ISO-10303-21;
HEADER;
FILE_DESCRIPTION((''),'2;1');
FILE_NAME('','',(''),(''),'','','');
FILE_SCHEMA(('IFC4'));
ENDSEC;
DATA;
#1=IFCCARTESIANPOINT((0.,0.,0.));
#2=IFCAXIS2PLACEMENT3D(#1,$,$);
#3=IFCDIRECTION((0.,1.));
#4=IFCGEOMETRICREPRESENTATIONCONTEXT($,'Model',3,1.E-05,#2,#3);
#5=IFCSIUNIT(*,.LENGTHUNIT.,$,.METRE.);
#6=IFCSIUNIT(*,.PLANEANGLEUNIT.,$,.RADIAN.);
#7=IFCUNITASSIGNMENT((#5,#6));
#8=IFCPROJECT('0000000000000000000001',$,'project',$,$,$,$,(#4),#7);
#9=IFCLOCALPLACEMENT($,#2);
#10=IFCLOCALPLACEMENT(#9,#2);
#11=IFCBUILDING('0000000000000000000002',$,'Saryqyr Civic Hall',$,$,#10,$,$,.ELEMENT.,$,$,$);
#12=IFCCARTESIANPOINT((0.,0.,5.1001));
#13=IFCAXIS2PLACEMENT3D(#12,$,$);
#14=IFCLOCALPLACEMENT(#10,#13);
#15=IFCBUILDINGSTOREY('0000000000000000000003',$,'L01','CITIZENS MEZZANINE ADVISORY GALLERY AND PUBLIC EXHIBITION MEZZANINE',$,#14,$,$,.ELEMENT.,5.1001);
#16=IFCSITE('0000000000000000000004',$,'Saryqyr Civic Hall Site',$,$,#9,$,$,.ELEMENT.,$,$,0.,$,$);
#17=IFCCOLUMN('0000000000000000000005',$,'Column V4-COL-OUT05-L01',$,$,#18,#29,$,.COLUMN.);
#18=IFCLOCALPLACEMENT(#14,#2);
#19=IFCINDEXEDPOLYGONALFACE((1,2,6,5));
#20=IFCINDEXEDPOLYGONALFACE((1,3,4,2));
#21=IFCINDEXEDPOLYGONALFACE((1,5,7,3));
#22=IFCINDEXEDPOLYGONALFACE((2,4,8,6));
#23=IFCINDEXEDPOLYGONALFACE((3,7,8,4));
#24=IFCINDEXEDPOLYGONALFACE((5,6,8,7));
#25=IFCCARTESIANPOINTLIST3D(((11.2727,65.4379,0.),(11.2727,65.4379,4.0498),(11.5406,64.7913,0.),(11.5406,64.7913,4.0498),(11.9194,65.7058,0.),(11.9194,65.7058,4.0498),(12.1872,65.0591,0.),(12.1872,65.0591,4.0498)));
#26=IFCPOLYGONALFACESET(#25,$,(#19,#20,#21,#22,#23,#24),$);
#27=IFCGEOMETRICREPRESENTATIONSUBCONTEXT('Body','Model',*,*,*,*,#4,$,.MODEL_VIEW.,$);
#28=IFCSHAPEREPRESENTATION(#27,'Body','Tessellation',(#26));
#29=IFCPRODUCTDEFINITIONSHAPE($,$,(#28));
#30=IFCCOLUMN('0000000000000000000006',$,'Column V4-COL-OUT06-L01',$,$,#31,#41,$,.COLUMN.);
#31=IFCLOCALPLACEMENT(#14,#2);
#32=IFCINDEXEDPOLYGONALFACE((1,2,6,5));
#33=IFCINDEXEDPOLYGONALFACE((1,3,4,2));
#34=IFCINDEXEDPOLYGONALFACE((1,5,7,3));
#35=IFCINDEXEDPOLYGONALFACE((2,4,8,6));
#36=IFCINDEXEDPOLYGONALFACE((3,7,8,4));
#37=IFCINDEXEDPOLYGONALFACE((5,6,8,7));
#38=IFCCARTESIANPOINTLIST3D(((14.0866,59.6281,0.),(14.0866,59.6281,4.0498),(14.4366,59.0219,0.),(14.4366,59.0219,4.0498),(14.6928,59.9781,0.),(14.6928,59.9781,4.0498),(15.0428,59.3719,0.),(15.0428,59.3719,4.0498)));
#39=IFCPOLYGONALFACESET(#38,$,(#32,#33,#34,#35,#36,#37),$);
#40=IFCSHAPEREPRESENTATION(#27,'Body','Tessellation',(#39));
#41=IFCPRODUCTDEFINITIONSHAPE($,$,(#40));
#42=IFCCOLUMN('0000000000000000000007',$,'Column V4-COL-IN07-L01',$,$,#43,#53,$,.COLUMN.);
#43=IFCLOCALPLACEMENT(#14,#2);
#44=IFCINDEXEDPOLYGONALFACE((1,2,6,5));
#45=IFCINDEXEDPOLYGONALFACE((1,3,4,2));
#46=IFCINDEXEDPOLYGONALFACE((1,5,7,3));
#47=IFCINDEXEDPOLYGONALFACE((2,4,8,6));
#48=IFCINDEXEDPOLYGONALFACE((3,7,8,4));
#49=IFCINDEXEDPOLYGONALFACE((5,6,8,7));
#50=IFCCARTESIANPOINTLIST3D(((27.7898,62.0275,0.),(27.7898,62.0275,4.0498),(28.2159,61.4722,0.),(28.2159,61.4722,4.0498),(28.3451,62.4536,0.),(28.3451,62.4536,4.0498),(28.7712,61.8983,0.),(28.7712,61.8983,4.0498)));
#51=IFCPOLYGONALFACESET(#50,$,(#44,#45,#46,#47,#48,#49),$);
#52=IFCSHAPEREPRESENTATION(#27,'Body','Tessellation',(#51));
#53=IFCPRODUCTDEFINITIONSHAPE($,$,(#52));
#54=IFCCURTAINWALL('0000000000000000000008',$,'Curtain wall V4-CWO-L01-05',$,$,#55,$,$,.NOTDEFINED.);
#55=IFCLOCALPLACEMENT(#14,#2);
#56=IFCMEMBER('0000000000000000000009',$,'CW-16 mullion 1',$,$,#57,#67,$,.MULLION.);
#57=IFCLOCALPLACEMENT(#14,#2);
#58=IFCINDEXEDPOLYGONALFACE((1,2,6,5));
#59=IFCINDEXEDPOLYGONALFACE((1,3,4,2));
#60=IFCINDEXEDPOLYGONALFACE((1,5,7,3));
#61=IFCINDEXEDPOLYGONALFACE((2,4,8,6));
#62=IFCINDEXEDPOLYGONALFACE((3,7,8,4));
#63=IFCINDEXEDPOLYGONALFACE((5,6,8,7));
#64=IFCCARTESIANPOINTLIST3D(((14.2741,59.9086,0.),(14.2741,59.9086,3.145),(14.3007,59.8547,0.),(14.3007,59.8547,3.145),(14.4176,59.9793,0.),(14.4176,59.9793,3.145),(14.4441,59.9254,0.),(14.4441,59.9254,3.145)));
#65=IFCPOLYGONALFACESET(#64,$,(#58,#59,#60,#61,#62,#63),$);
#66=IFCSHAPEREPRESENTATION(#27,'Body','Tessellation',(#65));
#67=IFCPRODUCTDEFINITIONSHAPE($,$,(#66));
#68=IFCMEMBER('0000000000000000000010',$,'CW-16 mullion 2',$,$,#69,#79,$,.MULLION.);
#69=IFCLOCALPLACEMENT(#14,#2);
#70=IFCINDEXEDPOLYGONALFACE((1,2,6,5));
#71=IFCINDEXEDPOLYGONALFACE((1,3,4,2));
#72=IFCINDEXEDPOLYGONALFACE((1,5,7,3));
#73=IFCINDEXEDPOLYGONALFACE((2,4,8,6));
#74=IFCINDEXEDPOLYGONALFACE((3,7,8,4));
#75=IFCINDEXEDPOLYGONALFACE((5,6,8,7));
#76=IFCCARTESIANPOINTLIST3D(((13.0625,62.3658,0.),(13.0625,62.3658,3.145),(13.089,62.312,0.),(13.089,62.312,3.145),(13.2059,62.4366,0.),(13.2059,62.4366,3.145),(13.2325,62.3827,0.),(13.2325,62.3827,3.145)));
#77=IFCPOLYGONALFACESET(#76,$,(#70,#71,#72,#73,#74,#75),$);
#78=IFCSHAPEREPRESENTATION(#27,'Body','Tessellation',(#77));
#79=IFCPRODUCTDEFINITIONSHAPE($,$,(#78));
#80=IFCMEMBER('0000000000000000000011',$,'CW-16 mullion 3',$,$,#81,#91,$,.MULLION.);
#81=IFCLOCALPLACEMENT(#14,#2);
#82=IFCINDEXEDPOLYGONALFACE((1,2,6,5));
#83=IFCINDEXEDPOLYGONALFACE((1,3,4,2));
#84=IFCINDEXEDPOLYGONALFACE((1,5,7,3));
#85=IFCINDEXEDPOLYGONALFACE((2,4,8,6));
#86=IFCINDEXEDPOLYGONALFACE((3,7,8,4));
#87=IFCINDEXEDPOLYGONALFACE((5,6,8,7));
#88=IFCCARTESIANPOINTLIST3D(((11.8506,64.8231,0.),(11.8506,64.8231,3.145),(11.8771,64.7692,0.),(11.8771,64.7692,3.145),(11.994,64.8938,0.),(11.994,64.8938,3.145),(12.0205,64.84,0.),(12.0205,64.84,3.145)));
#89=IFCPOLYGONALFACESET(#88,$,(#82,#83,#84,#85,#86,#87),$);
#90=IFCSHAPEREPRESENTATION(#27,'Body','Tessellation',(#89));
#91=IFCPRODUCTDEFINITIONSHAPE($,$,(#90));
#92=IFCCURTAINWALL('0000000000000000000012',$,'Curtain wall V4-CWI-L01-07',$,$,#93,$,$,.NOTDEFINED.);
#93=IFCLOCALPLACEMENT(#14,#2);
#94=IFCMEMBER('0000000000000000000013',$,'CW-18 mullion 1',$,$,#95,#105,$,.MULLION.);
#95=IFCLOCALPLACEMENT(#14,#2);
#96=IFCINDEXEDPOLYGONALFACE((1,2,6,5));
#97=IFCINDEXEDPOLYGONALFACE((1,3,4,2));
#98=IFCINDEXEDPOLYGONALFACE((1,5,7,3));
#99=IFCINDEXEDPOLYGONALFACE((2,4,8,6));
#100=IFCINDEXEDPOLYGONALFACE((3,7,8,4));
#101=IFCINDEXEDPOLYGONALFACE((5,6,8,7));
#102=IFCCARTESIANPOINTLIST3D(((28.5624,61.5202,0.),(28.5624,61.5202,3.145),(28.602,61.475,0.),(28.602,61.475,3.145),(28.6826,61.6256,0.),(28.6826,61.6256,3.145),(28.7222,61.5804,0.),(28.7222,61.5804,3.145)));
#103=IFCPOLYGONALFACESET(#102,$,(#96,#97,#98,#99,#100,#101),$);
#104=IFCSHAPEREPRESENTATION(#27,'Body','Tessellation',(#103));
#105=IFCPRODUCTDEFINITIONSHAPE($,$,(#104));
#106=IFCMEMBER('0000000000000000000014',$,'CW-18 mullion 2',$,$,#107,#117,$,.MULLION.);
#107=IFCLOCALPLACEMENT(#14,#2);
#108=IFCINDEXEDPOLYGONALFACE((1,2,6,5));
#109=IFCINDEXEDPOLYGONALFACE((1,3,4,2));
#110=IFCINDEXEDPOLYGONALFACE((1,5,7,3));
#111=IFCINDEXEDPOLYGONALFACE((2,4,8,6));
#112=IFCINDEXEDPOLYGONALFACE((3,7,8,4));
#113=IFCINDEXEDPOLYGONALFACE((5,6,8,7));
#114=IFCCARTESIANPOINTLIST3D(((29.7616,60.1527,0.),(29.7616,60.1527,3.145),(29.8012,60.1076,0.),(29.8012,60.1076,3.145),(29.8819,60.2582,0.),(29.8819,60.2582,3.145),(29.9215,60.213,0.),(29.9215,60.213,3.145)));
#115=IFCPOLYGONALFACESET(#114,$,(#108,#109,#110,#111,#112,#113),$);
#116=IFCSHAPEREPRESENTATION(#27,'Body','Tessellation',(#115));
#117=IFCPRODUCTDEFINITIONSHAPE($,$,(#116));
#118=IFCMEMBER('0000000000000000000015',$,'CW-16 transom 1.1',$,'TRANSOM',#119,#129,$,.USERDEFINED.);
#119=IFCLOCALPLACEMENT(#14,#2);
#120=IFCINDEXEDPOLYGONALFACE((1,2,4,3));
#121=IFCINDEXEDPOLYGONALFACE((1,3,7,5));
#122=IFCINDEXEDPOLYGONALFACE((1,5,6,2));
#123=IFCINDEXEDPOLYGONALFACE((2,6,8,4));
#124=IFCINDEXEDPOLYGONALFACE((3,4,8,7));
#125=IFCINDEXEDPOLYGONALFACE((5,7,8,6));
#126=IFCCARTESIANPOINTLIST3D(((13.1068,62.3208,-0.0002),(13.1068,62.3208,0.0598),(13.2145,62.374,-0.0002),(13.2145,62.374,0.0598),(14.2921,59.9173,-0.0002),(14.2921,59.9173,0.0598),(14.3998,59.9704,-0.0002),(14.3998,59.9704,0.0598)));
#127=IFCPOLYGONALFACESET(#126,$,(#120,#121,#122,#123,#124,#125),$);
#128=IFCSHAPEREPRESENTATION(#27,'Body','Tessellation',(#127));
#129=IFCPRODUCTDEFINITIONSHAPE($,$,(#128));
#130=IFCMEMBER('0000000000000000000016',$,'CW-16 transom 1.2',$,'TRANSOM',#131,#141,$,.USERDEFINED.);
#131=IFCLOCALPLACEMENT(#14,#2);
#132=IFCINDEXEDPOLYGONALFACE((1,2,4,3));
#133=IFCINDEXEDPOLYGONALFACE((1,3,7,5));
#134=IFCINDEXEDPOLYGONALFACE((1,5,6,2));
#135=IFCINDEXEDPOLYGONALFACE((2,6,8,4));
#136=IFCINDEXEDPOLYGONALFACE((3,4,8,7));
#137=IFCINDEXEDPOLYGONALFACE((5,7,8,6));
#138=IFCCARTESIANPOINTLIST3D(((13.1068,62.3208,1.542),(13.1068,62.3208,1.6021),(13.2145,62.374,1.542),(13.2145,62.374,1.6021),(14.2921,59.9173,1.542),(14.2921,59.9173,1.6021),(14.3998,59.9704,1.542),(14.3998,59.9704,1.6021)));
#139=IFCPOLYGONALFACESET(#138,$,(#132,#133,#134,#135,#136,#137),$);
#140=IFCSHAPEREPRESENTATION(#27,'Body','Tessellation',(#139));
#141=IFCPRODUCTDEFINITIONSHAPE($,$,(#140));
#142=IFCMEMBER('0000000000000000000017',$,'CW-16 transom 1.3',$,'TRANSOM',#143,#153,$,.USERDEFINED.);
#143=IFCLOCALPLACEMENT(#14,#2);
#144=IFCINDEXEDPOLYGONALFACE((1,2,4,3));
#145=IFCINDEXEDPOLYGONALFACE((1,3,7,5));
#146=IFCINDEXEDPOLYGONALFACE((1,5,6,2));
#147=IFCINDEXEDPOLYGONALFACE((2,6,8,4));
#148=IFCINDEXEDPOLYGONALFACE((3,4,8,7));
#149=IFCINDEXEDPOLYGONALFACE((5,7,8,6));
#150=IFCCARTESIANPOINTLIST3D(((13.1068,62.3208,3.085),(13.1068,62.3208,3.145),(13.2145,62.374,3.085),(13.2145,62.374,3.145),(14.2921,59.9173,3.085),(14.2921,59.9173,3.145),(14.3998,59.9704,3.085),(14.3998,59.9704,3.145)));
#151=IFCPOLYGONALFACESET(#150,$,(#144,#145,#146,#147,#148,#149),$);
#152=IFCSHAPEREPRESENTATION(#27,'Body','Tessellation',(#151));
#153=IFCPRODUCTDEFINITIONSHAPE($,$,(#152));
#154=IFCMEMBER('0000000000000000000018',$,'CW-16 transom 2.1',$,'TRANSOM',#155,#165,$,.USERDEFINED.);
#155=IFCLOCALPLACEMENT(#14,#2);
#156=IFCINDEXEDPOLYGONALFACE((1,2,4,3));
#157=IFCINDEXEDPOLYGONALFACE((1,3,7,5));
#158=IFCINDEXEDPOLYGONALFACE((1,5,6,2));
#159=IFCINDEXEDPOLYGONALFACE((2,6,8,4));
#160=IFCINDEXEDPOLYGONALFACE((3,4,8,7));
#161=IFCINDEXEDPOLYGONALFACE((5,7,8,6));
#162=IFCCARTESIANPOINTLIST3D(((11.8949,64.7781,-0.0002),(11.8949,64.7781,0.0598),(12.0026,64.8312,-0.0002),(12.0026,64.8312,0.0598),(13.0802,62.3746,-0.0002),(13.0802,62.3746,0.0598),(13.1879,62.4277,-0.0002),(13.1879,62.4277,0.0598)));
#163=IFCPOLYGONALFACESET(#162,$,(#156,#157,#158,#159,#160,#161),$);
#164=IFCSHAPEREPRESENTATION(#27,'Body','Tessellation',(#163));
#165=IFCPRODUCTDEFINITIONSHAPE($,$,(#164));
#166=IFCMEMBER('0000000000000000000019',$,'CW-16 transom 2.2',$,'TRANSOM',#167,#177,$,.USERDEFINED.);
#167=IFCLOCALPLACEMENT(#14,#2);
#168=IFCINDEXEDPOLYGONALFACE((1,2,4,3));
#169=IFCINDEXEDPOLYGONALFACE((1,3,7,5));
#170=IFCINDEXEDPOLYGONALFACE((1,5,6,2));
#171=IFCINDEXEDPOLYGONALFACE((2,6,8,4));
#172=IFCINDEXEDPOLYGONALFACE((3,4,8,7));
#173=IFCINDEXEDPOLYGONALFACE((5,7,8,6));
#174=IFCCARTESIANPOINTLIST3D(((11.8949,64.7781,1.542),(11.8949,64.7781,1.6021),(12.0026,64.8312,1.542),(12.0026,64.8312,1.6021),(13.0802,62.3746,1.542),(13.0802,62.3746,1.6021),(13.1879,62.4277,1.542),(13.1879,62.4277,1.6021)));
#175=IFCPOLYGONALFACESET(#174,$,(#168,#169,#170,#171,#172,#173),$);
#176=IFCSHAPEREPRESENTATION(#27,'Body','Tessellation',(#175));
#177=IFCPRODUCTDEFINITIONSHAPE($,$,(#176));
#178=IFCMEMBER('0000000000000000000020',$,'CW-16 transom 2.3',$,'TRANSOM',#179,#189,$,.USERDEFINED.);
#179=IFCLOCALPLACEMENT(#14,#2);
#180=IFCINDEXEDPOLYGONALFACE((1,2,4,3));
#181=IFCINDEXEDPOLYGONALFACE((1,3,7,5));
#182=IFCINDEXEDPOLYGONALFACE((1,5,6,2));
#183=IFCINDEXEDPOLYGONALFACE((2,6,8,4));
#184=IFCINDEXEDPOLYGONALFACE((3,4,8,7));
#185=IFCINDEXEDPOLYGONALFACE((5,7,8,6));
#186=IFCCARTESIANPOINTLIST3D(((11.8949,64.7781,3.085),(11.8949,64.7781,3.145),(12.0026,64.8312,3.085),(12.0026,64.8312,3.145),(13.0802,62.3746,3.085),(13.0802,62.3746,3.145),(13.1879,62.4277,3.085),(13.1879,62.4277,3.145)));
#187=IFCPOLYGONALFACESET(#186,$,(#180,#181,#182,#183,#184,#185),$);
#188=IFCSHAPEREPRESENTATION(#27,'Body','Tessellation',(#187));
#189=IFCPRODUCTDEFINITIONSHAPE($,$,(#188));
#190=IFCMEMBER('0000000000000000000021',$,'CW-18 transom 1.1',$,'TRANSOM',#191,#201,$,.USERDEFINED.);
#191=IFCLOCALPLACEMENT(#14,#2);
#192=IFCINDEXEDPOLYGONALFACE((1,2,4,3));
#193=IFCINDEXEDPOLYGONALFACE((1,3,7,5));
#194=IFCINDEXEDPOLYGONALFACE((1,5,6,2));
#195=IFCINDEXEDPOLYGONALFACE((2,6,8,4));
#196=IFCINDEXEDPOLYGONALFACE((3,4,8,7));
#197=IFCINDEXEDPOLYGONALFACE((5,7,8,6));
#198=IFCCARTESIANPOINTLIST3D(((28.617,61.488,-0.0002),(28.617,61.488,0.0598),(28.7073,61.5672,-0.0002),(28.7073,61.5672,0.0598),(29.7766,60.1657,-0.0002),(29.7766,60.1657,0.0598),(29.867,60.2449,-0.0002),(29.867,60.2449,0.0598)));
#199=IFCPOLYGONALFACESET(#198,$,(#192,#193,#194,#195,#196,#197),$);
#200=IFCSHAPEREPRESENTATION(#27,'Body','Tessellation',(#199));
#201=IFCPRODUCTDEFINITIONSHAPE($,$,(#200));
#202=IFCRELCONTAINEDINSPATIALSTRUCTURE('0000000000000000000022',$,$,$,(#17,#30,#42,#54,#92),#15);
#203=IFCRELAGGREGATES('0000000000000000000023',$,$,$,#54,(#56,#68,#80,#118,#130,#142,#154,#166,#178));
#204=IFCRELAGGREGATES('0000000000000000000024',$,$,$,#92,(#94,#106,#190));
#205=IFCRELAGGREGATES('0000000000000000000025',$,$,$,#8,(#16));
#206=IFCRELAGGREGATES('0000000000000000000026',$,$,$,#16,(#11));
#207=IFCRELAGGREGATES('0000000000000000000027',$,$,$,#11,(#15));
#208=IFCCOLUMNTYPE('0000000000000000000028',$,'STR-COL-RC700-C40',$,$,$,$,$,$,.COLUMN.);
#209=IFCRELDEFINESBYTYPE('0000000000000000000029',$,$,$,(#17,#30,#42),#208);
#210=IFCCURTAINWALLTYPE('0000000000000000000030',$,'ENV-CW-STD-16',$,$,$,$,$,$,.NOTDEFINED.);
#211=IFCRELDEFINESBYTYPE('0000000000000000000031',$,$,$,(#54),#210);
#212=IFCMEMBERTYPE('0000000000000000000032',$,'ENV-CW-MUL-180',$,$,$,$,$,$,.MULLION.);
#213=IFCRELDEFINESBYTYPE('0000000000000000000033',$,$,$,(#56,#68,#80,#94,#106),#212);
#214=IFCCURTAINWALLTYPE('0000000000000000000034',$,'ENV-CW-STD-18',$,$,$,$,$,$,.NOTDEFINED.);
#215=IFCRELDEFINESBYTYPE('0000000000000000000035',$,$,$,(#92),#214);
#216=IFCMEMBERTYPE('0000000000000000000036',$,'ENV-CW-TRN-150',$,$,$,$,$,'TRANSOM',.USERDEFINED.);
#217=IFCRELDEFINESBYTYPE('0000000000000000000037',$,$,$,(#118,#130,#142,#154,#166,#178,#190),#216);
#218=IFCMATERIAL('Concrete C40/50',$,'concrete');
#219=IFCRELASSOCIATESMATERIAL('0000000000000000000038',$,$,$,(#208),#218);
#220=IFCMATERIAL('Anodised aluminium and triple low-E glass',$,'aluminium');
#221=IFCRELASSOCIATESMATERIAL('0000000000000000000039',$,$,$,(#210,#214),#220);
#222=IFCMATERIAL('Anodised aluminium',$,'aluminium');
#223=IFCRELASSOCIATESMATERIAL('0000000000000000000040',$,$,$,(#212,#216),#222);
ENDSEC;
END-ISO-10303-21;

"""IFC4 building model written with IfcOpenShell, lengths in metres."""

from ifc_helpers import new_model, si_unit, direction, frame, origin, origin_2d, place, context, subcontext, project, spatial, rectangle, extrude, material, material_profile, profile_set, type_object, element, aggregate, save


model = new_model("IFC4")

# Units and contexts
model_context = context("Model", 3, precision=1e-05, world=origin(), true_north=direction((0.0, 1.0)))
body_context = subcontext(model_context, "Body", "Model", "MODEL_VIEW")
ifc_project = project(units=[si_unit("LENGTHUNIT", "METRE"), si_unit("PLANEANGLEUNIT", "RADIAN")], contexts=[model_context])

# Site, building, storey
site_placement = place(None, origin())
site = spatial("IfcSite", under=ifc_project, at=site_placement, Name="Saryqyr Civic Hall Site", CompositionType="ELEMENT", RefElevation=0.0)
building_placement = place(site_placement, origin())
building = spatial("IfcBuilding", under=site, at=building_placement, Name="Saryqyr Civic Hall", CompositionType="ELEMENT")
storey_placement = place(building_placement, frame((0.0, 0.0, 5.1001)))
storey = spatial("IfcBuildingStorey", under=building, at=storey_placement, Name="L01", Description="CITIZENS MEZZANINE ADVISORY GALLERY AND PUBLIC EXHIBITION MEZZANINE", CompositionType="ELEMENT", Elevation=5.1001)

# Columns
ifc_material_1 = material(Name="Concrete C40/50", Category="concrete")
ifc_material_profile_1 = material_profile(ifc_material_1, rectangle(XDim=0.7, YDim=0.7, at=origin_2d()), Name="RC 700x700")
ifc_profile_set_1 = profile_set([ifc_material_profile_1], Name="Concrete C40/50")
column_type = type_object("IfcColumnType", Name="STR-COL-RC700-C40", PredefinedType="COLUMN", material=ifc_profile_set_1)
for number, where, z_axis, x_axis, name in (
    (1, (11.73, 65.2485, 0.0), (0.0, 0.0, 1.0), (-0.92388, -0.382683, 0.0), "Column V4-COL-OUT05-L01"),
    (2, (14.5647, 59.5, 0.0), (0.0, 0.0, 1.0), (-0.866025, -0.5, 0.0), "Column V4-COL-OUT06-L01"),
    (3, (28.2805, 61.9629, 0.0), (0.0, 0.0, 1.0), (-0.793353, -0.608761, 0.0), "Column V4-COL-IN07-L01"),
):
    element("IfcColumn", number, at=place(storey_placement, frame(where, z_axis=z_axis, x_axis=x_axis)), inside=storey, type_object=column_type, Name=name, PredefinedType="COLUMN", context=body_context, shape_type="SweptSolid", body=[
        extrude(rectangle(XDim=0.7, YDim=0.7, at=origin_2d()), origin(), (0.0, 0.0, 1.0), 4.0498),
    ])

# Curtain walls, members
ifc_material_2 = material(Name="Anodised aluminium and triple low-E glass", Category="aluminium")
curtain_wall_type_1 = type_object("IfcCurtainWallType", Name="ENV-CW-STD-16", PredefinedType="NOTDEFINED", material=ifc_material_2)
curtain_wall_1_placement = place(storey_placement, origin())
curtain_wall_1 = element("IfcCurtainWall", 4, at=curtain_wall_1_placement, inside=storey, type_object=curtain_wall_type_1, Name="Curtain wall V4-CWO-L01-05", PredefinedType="NOTDEFINED")
ifc_material_3 = material(Name="Anodised aluminium", Category="aluminium")
ifc_material_profile_2 = material_profile(ifc_material_3, rectangle(XDim=0.0601, YDim=0.1599, at=origin_2d()), Name="ALU MULLION 60x160")
ifc_profile_set_2 = profile_set([ifc_material_profile_2], Name="Anodised aluminium")
member_type_1 = type_object("IfcMemberType", Name="ENV-CW-MUL-180", PredefinedType="MULLION", material=ifc_profile_set_2)
member_1_placement = place(storey_placement, frame((14.3591, 59.917, 0.0), z_axis=(0.0, 0.0, 1.0), x_axis=(-0.442304, 0.896865, 0.0)))
member_1 = element("IfcMember", 5, at=member_1_placement, type_object=member_type_1, Name="CW-16 mullion 1", PredefinedType="MULLION", context=body_context, shape_type="SweptSolid", body=[
    extrude(rectangle(XDim=0.0601, YDim=0.1599, at=origin_2d()), origin(), (0.0, 0.0, 1.0), 3.145),
])
member_2_placement = place(storey_placement, frame((13.1475, 62.3743, 0.0), z_axis=(0.0, 0.0, 1.0), x_axis=(-0.442304, 0.896865, 0.0)))
member_2 = element("IfcMember", 6, at=member_2_placement, type_object=member_type_1, Name="CW-16 mullion 2", PredefinedType="MULLION", context=body_context, shape_type="SweptSolid", body=[
    extrude(rectangle(XDim=0.0601, YDim=0.1599, at=origin_2d()), origin(), (0.0, 0.0, 1.0), 3.145),
])
member_3_placement = place(storey_placement, frame((11.9355, 64.8315, 0.0), z_axis=(0.0, 0.0, 1.0), x_axis=(-0.442304, 0.896865, 0.0)))
member_3 = element("IfcMember", 7, at=member_3_placement, type_object=member_type_1, Name="CW-16 mullion 3", PredefinedType="MULLION", context=body_context, shape_type="SweptSolid", body=[
    extrude(rectangle(XDim=0.0601, YDim=0.1599, at=origin_2d()), origin(), (0.0, 0.0, 1.0), 3.145),
])
curtain_wall_type_2 = type_object("IfcCurtainWallType", Name="ENV-CW-STD-18", PredefinedType="NOTDEFINED", material=ifc_material_2)
curtain_wall_2_placement = place(storey_placement, origin())
curtain_wall_2 = element("IfcCurtainWall", 8, at=curtain_wall_2_placement, inside=storey, type_object=curtain_wall_type_2, Name="Curtain wall V4-CWI-L01-07", PredefinedType="NOTDEFINED")
member_4_placement = place(storey_placement, frame((28.6423, 61.5503, 0.0), z_axis=(0.0, 0.0, 1.0), x_axis=(0.659349, -0.751837, 0.0)))
member_4 = element("IfcMember", 9, at=member_4_placement, type_object=member_type_1, Name="CW-18 mullion 1", PredefinedType="MULLION", context=body_context, shape_type="SweptSolid", body=[
    extrude(rectangle(XDim=0.0601, YDim=0.1599, at=origin_2d()), origin(), (0.0, 0.0, 1.0), 3.145),
])
member_5_placement = place(storey_placement, frame((29.8416, 60.1829, 0.0), z_axis=(0.0, 0.0, 1.0), x_axis=(0.659349, -0.751837, 0.0)))
member_5 = element("IfcMember", 10, at=member_5_placement, type_object=member_type_1, Name="CW-18 mullion 2", PredefinedType="MULLION", context=body_context, shape_type="SweptSolid", body=[
    extrude(rectangle(XDim=0.0601, YDim=0.1599, at=origin_2d()), origin(), (0.0, 0.0, 1.0), 3.145),
])

# Members
ifc_material_profile_3 = material_profile(ifc_material_3, rectangle(XDim=0.1201, YDim=0.0601, at=origin_2d()), Name="ALU TRANSOM 120x60")
ifc_profile_set_3 = profile_set([ifc_material_profile_3], Name="Anodised aluminium")
member_type_2 = type_object("IfcMemberType", Name="ENV-CW-TRN-150", ElementType="TRANSOM", PredefinedType="USERDEFINED", material=ifc_profile_set_3)
member_6_placement = place(storey_placement, frame((14.3459, 59.9438, 0.0298), z_axis=(-0.442287, 0.896873, 0.0), x_axis=(-0.896873, -0.442287, 0.0)))
member_6 = element("IfcMember", 11, at=member_6_placement, type_object=member_type_2, Name="CW-16 transom 1.1", ObjectType="TRANSOM", PredefinedType="USERDEFINED", context=body_context, shape_type="SweptSolid", body=[
    extrude(rectangle(XDim=0.1201, YDim=0.0601, at=origin_2d()), origin(), (0.0, 0.0, 1.0), 2.6799),
])
member_7_placement = place(storey_placement, frame((14.3459, 59.9438, 1.572), z_axis=(-0.442287, 0.896873, 0.0), x_axis=(-0.896873, -0.442287, 0.0)))
member_7 = element("IfcMember", 12, at=member_7_placement, type_object=member_type_2, Name="CW-16 transom 1.2", ObjectType="TRANSOM", PredefinedType="USERDEFINED", context=body_context, shape_type="SweptSolid", body=[
    extrude(rectangle(XDim=0.1201, YDim=0.0601, at=origin_2d()), origin(), (0.0, 0.0, 1.0), 2.6799),
])
member_8_placement = place(storey_placement, frame((14.3459, 59.9438, 3.115), z_axis=(-0.442287, 0.896873, 0.0), x_axis=(-0.896873, -0.442287, 0.0)))
member_8 = element("IfcMember", 13, at=member_8_placement, type_object=member_type_2, Name="CW-16 transom 1.3", ObjectType="TRANSOM", PredefinedType="USERDEFINED", context=body_context, shape_type="SweptSolid", body=[
    extrude(rectangle(XDim=0.1201, YDim=0.0601, at=origin_2d()), origin(), (0.0, 0.0, 1.0), 2.6799),
])
member_9_placement = place(storey_placement, frame((13.134, 62.4011, 0.0298), z_axis=(-0.442287, 0.896873, 0.0), x_axis=(-0.896873, -0.442287, 0.0)))
member_9 = element("IfcMember", 14, at=member_9_placement, type_object=member_type_2, Name="CW-16 transom 2.1", ObjectType="TRANSOM", PredefinedType="USERDEFINED", context=body_context, shape_type="SweptSolid", body=[
    extrude(rectangle(XDim=0.1201, YDim=0.0601, at=origin_2d()), origin(), (0.0, 0.0, 1.0), 2.6799),
])
member_10_placement = place(storey_placement, frame((13.134, 62.4011, 1.572), z_axis=(-0.442287, 0.896873, 0.0), x_axis=(-0.896873, -0.442287, 0.0)))
member_10 = element("IfcMember", 15, at=member_10_placement, type_object=member_type_2, Name="CW-16 transom 2.2", ObjectType="TRANSOM", PredefinedType="USERDEFINED", context=body_context, shape_type="SweptSolid", body=[
    extrude(rectangle(XDim=0.1201, YDim=0.0601, at=origin_2d()), origin(), (0.0, 0.0, 1.0), 2.6799),
])
member_11_placement = place(storey_placement, frame((13.134, 62.4011, 3.115), z_axis=(-0.442287, 0.896873, 0.0), x_axis=(-0.896873, -0.442287, 0.0)))
member_11 = element("IfcMember", 16, at=member_11_placement, type_object=member_type_2, Name="CW-16 transom 2.3", ObjectType="TRANSOM", PredefinedType="USERDEFINED", context=body_context, shape_type="SweptSolid", body=[
    extrude(rectangle(XDim=0.1201, YDim=0.0601, at=origin_2d()), origin(), (0.0, 0.0, 1.0), 2.6799),
])
member_12_placement = place(storey_placement, frame((28.6621, 61.5276, 0.0298), z_axis=(0.659369, -0.751819, 0.0), x_axis=(0.751819, 0.659369, 0.0)))
member_12 = element("IfcMember", 17, at=member_12_placement, type_object=member_type_2, Name="CW-18 transom 1.1", ObjectType="TRANSOM", PredefinedType="USERDEFINED", context=body_context, shape_type="SweptSolid", body=[
    extrude(rectangle(XDim=0.1201, YDim=0.0601, at=origin_2d()), origin(), (0.0, 0.0, 1.0), 1.7588),
])

aggregate(curtain_wall_1, [member_1, member_2, member_3, member_6, member_7, member_8, member_9, member_10, member_11])
aggregate(curtain_wall_2, [member_4, member_5, member_12])

save(model, "model.ifc")
